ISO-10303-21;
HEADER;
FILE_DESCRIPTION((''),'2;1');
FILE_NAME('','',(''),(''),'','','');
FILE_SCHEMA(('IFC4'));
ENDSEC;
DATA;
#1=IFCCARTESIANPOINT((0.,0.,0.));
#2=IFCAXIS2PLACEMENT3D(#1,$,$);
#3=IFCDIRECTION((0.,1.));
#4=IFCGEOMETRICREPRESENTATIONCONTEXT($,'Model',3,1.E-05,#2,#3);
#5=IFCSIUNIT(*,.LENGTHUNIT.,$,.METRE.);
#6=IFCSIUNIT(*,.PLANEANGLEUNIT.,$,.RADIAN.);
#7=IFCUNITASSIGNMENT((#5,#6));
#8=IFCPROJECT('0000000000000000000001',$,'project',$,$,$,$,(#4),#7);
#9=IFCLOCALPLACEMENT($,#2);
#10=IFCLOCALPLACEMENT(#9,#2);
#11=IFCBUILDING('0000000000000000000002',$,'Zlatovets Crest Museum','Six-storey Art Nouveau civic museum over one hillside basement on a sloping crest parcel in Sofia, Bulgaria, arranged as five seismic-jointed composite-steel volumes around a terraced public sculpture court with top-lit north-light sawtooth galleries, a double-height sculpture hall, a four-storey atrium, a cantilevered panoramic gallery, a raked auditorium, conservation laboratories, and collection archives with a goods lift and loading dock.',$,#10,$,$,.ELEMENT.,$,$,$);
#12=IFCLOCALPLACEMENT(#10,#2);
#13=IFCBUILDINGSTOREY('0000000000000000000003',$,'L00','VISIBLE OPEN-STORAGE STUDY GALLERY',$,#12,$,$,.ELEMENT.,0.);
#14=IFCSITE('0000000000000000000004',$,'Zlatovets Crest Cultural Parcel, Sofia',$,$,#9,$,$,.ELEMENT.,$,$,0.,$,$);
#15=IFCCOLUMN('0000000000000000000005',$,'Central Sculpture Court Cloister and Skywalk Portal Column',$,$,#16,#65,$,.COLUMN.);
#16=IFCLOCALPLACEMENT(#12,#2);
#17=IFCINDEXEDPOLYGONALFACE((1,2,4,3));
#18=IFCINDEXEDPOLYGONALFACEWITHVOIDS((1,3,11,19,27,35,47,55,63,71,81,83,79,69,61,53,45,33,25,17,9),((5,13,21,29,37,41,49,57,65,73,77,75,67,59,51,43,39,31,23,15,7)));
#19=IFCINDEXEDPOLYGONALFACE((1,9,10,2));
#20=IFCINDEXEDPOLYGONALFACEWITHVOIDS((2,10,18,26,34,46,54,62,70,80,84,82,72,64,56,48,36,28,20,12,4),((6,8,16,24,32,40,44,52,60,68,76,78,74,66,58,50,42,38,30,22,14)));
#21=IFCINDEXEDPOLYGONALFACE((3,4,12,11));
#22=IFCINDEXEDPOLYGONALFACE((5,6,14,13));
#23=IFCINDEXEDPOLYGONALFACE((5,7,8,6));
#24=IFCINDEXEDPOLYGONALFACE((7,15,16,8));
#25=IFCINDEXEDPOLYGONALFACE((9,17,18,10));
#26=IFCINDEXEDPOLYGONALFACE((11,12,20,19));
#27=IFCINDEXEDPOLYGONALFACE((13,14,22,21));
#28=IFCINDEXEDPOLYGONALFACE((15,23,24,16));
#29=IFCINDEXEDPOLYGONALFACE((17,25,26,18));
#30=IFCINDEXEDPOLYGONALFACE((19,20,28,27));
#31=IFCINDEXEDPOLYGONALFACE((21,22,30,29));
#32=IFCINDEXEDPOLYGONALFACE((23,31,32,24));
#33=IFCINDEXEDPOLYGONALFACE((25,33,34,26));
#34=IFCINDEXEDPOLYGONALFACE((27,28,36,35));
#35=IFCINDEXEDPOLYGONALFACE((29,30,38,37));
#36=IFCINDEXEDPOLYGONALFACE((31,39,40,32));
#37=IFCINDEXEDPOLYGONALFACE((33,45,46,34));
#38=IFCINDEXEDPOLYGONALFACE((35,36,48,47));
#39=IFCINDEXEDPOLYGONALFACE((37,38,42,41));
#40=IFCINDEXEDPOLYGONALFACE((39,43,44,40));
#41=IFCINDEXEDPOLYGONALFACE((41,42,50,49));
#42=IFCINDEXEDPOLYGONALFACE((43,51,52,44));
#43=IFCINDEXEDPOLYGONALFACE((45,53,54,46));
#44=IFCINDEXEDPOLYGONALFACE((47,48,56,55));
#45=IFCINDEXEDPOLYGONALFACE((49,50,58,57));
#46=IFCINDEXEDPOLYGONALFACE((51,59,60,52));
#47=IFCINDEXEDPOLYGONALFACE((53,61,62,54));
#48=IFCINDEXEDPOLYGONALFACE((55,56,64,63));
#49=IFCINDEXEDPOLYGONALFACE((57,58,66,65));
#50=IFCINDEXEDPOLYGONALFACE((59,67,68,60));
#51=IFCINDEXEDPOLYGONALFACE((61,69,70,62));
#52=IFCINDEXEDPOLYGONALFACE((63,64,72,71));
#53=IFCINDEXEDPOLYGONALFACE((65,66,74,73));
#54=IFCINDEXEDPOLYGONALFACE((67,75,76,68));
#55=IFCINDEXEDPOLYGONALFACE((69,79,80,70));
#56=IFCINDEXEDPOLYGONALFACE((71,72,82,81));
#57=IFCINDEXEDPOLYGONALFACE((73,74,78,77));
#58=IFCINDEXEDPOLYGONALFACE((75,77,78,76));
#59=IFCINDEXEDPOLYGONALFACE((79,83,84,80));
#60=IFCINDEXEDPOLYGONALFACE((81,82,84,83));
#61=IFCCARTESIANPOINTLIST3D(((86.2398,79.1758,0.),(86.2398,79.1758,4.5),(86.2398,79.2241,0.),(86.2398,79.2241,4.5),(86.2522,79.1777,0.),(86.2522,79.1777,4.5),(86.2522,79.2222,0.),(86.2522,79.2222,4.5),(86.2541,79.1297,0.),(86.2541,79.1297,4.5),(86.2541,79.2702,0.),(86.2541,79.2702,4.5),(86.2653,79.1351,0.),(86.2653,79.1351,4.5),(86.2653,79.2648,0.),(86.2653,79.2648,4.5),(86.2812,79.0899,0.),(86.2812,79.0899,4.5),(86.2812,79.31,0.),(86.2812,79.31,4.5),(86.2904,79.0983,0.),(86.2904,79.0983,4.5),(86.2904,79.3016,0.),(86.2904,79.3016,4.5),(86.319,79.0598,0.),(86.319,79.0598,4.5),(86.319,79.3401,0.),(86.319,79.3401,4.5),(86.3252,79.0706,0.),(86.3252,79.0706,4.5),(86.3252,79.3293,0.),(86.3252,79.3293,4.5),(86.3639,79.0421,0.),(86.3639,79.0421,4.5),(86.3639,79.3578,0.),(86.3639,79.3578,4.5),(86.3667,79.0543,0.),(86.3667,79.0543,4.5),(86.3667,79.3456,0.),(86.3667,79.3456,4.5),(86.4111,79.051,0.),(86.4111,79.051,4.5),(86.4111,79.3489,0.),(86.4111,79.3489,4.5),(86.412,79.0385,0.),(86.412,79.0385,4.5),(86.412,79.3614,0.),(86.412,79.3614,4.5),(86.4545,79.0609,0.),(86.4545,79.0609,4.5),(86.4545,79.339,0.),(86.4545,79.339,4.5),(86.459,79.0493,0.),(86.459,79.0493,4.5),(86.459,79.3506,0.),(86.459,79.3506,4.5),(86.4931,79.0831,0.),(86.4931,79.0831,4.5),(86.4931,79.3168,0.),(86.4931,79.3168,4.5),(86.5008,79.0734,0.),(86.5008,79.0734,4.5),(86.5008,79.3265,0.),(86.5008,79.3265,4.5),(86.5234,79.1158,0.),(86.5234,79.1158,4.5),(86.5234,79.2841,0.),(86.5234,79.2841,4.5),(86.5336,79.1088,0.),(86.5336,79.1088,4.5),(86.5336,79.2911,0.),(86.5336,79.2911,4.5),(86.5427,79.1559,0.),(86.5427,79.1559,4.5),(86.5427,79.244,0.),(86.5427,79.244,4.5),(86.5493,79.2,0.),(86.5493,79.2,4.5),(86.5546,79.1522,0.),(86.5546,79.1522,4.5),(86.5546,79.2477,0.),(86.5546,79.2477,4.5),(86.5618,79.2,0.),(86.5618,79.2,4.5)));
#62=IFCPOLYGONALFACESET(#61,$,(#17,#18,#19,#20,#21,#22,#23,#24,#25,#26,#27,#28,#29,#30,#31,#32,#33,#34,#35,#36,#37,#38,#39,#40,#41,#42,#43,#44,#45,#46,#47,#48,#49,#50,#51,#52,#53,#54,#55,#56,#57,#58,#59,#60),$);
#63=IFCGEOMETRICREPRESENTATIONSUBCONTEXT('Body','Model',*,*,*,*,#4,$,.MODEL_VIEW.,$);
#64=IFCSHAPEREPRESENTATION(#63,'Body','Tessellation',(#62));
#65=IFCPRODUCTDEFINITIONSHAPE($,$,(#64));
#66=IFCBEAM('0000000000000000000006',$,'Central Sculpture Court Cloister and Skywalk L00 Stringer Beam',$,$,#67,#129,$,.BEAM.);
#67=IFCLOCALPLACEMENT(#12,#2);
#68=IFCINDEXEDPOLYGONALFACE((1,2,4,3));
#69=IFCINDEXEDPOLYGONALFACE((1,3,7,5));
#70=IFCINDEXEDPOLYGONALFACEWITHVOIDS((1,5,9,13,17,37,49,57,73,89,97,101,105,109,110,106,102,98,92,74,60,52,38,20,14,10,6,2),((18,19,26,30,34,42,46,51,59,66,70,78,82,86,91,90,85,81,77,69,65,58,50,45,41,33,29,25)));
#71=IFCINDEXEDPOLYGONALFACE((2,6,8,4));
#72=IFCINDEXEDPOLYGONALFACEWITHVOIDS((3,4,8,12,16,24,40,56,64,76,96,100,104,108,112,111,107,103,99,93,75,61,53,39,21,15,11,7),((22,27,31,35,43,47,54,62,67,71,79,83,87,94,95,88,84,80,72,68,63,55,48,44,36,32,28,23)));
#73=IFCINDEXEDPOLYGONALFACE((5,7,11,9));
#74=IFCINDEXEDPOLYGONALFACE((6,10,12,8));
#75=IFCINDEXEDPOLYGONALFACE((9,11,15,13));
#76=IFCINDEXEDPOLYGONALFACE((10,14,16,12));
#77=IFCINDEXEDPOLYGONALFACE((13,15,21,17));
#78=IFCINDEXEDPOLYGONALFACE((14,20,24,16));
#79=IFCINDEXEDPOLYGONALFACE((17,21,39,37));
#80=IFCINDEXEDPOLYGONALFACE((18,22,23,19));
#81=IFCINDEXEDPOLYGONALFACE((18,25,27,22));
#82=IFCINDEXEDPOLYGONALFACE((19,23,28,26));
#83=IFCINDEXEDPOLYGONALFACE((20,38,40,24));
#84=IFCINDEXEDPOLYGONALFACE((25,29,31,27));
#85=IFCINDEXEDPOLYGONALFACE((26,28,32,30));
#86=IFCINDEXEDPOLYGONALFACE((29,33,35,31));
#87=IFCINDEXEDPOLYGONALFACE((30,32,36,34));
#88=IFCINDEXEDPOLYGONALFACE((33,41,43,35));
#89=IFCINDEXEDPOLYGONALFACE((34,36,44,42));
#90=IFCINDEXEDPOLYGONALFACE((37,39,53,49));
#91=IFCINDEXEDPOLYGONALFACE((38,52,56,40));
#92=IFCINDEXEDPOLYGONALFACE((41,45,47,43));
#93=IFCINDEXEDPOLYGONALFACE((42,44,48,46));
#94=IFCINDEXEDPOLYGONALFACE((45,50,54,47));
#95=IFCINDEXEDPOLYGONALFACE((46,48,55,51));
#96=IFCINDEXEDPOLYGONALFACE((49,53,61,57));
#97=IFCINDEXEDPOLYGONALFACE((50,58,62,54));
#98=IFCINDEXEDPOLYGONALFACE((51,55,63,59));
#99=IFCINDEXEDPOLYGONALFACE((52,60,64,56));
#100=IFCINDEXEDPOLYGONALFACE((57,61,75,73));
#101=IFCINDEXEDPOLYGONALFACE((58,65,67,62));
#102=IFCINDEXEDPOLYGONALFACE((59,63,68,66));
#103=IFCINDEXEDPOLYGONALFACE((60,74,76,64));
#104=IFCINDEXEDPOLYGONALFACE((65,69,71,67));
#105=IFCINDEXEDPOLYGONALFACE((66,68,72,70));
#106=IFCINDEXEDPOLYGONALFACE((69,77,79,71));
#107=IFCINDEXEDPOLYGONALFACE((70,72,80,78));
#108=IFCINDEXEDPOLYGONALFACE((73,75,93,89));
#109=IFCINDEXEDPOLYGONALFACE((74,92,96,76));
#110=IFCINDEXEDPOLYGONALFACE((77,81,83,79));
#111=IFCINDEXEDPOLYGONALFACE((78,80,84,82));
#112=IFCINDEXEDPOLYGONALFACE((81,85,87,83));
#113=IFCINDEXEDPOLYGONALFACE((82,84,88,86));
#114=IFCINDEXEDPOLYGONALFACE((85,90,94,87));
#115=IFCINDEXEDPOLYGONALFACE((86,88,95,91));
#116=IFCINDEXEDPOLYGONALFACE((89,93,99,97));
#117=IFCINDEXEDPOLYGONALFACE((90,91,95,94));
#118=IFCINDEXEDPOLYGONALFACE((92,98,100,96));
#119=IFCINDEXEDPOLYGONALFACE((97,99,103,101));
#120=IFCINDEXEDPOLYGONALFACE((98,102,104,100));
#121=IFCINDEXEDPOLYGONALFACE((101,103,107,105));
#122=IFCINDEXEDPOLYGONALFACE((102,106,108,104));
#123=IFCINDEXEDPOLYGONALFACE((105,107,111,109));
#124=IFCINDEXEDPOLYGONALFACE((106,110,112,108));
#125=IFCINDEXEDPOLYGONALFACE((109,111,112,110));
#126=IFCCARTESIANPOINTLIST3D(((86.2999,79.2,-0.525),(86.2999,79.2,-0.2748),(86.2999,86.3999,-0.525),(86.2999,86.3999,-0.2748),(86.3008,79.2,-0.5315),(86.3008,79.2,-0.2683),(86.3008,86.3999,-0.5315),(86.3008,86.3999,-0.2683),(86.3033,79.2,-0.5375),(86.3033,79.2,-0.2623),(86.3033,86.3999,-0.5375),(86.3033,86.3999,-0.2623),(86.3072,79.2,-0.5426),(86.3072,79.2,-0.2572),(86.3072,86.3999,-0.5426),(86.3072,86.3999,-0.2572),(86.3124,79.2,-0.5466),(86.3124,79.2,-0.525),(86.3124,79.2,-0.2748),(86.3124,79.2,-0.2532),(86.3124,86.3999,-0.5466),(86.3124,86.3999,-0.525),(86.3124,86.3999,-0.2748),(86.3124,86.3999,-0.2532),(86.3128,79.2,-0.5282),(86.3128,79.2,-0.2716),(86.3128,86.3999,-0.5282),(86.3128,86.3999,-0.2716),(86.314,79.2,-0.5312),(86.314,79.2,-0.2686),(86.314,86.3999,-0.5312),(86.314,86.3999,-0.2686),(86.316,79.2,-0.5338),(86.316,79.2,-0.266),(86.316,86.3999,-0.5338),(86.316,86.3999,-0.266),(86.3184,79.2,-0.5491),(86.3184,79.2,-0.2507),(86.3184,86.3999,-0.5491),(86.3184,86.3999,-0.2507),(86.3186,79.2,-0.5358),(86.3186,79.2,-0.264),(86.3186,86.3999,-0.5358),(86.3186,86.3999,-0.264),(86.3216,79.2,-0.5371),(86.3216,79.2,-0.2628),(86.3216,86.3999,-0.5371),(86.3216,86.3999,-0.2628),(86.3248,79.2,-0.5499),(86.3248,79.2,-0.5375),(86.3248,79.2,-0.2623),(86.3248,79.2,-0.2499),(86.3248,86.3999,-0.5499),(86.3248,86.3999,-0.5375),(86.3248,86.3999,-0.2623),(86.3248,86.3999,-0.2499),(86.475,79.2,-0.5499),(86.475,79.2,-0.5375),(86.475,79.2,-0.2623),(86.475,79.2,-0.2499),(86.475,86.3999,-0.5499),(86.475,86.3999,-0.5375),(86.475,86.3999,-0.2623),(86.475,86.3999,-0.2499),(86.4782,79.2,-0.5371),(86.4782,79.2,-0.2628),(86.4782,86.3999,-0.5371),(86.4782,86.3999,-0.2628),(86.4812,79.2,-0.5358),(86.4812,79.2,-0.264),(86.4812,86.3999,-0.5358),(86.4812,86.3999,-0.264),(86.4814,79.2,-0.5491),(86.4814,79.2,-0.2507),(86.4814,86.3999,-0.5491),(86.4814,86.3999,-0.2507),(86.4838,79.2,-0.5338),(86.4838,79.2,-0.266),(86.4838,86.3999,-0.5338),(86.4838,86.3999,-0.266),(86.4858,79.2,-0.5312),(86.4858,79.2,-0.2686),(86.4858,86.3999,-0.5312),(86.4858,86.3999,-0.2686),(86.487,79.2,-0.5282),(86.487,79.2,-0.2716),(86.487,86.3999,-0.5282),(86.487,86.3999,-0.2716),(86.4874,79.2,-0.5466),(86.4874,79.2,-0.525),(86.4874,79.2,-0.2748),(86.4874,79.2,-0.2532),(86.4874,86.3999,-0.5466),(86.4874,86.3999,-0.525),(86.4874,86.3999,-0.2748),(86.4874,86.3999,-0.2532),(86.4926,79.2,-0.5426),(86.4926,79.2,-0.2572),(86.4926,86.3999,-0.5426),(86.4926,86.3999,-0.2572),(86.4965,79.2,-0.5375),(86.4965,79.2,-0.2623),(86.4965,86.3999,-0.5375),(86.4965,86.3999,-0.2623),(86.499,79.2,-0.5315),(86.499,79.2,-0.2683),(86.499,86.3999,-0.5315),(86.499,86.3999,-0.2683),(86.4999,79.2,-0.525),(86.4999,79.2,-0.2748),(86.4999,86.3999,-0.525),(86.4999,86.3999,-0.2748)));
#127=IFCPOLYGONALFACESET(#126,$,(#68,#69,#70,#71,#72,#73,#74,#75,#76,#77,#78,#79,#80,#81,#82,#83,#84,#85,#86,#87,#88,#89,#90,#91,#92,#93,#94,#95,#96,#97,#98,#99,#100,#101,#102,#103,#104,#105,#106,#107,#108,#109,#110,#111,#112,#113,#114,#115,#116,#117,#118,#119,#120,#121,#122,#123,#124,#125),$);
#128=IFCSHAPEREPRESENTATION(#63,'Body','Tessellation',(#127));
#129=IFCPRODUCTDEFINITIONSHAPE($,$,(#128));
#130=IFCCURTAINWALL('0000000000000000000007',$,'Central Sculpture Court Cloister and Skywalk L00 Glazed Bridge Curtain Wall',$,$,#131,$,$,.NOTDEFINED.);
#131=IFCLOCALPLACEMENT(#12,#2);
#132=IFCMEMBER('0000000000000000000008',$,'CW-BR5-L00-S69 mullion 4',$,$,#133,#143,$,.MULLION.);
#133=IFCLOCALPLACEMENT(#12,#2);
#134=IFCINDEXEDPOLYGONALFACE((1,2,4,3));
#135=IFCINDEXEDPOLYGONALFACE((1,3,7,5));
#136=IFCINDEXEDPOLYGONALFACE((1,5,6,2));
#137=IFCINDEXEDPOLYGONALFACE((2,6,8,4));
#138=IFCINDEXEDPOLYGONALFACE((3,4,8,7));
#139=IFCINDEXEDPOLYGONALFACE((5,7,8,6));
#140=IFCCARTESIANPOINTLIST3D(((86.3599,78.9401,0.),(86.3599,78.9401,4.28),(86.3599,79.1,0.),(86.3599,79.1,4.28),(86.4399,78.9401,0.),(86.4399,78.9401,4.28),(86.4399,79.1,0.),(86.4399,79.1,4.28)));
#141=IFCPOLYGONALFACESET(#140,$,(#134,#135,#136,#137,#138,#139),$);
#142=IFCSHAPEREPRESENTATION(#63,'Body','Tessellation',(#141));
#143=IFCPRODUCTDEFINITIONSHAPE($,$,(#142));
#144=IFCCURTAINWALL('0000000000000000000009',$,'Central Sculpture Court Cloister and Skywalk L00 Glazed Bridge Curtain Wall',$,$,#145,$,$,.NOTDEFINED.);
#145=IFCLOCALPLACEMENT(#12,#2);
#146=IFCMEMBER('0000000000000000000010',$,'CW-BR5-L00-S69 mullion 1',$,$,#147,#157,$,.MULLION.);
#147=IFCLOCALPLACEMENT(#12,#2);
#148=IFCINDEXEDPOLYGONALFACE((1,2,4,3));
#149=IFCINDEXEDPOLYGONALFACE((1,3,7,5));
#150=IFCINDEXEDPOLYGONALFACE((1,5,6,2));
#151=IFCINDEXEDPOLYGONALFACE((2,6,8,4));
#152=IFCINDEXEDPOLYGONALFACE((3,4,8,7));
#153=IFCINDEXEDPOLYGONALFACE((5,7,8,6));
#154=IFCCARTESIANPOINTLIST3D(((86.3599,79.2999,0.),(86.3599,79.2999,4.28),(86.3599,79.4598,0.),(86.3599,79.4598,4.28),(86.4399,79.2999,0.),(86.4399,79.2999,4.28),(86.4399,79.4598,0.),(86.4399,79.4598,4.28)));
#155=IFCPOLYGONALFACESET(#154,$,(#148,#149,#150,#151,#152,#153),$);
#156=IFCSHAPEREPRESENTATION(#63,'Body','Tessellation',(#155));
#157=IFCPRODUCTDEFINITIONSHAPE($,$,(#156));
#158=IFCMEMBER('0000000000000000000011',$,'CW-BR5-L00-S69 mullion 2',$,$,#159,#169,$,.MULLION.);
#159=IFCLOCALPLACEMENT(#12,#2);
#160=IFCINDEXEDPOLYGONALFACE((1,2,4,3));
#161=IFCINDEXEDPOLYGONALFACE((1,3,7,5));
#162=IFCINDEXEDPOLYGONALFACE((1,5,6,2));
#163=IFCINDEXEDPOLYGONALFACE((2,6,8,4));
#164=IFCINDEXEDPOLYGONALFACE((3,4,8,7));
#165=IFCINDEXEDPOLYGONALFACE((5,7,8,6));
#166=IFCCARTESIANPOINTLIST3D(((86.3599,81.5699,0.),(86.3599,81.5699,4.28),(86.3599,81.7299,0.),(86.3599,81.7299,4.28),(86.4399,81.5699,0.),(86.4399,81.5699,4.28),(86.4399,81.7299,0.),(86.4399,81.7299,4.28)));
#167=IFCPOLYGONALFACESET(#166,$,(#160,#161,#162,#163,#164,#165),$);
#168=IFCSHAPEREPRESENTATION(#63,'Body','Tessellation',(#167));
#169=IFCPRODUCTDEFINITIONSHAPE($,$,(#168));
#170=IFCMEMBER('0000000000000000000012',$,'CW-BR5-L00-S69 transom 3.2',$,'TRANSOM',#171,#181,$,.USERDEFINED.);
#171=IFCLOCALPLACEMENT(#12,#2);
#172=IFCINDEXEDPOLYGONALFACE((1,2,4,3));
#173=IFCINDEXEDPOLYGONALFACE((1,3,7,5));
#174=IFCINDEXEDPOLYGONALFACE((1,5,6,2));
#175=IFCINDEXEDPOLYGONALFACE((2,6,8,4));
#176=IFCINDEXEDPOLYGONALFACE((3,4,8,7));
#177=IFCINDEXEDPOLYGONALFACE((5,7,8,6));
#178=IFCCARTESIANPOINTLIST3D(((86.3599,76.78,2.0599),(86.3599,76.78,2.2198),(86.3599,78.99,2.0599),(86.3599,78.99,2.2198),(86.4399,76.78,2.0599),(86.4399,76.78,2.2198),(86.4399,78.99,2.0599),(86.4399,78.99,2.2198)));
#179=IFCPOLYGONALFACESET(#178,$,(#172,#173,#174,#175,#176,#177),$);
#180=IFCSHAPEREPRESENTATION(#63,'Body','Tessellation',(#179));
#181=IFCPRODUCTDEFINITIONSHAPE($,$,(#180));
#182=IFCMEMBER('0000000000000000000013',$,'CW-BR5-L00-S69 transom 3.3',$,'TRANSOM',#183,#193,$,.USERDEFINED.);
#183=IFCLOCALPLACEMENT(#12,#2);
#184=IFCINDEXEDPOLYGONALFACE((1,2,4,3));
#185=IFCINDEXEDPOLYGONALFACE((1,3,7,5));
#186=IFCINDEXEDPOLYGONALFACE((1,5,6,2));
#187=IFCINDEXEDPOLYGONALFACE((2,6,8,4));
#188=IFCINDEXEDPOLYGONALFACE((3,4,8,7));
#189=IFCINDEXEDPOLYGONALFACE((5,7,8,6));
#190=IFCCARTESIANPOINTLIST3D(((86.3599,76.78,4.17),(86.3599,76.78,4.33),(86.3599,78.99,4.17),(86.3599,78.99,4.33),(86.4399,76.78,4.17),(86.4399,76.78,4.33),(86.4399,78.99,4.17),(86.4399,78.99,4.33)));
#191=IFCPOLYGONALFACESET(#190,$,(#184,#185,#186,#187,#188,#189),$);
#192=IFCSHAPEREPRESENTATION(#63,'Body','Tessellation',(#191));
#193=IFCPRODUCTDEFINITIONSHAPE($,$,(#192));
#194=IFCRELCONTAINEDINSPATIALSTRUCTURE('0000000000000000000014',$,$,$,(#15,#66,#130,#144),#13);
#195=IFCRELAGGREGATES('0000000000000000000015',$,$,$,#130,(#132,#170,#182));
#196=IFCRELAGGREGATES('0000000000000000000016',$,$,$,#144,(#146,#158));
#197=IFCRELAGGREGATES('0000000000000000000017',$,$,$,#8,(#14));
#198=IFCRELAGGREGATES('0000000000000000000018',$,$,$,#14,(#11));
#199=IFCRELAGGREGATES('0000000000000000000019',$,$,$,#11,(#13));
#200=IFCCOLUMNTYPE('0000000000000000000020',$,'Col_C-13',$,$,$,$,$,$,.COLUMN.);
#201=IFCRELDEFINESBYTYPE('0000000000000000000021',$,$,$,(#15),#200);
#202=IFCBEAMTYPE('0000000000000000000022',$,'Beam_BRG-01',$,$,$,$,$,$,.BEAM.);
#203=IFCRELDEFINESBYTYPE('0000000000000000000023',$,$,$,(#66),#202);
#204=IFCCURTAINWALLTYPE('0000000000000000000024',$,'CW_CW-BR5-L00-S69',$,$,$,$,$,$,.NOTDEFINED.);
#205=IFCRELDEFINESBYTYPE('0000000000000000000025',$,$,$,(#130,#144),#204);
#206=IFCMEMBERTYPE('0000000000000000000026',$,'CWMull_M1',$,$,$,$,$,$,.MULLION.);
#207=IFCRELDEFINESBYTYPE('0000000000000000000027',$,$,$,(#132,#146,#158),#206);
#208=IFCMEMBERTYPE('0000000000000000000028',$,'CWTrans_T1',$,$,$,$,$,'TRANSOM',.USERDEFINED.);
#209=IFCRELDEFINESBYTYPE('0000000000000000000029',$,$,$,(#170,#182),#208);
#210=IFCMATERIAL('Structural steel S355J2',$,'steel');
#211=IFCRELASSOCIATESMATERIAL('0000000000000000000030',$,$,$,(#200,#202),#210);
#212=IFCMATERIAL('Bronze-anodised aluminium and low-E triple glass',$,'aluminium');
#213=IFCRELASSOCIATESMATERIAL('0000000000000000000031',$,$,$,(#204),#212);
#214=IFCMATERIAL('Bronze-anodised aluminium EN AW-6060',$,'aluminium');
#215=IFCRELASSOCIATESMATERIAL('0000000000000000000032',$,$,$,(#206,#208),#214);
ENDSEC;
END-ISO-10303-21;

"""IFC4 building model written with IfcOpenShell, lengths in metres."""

from ifc_helpers import new_model, si_unit, direction, frame, origin, origin_2d, place, context, subcontext, project, spatial, rectangle, hollow_rectangle, hollow_circle, extrude, material, material_profile, profile_set, type_object, element, aggregate, save


model = new_model("IFC4")

# Units and contexts
model_context = context("Model", 3, precision=1e-05, world=origin(), true_north=direction((0.0, 1.0)))
body_context = subcontext(model_context, "Body", "Model", "MODEL_VIEW")
ifc_project = project(units=[si_unit("LENGTHUNIT", "METRE"), si_unit("PLANEANGLEUNIT", "RADIAN")], contexts=[model_context])

# Site, building, storey
site_placement = place(None, origin())
site = spatial("IfcSite", under=ifc_project, at=site_placement, Name="Zlatovets Crest Cultural Parcel, Sofia", CompositionType="ELEMENT", RefElevation=0.0)
building_placement = place(site_placement, origin())
building = spatial("IfcBuilding", under=site, at=building_placement, Name="Zlatovets Crest Museum", Description="Six-storey Art Nouveau civic museum over one hillside basement on a sloping crest parcel in Sofia, Bulgaria, arranged as five seismic-jointed composite-steel volumes around a terraced public sculpture court with top-lit north-light sawtooth galleries, a double-height sculpture hall, a four-storey atrium, a cantilevered panoramic gallery, a raked auditorium, conservation laboratories, and collection archives with a goods lift and loading dock.", CompositionType="ELEMENT")
storey_placement = place(building_placement, origin())
storey = spatial("IfcBuildingStorey", under=building, at=storey_placement, Name="L00", Description="VISIBLE OPEN-STORAGE STUDY GALLERY", CompositionType="ELEMENT", Elevation=0.0)

# Column
ifc_material_1 = material(Name="Structural steel S355J2", Category="steel")
ifc_material_profile_1 = material_profile(ifc_material_1, hollow_circle(Radius=0.1619, WallThickness=0.0125, at=origin_2d()), Name="CHS 323.9x12.5")
ifc_profile_set_1 = profile_set([ifc_material_profile_1], Name="Structural steel S355J2")
column_type = type_object("IfcColumnType", Name="Col_C-13", PredefinedType="COLUMN", material=ifc_profile_set_1)
column_placement = place(storey_placement, frame((86.3999, 79.2, 0.0), z_axis=(0.0, 0.0, 1.0), x_axis=(1.0, 0.0, 0.0)))
element("IfcColumn", 1, at=column_placement, inside=storey, type_object=column_type, Name="Central Sculpture Court Cloister and Skywalk Portal Column", PredefinedType="COLUMN", context=body_context, shape_type="SweptSolid", body=[
    extrude(hollow_circle(Radius=0.1619, WallThickness=0.0125, at=origin_2d()), origin(), (0.0, 0.0, 1.0), 4.5),
])

# Beam
ifc_material_profile_2 = material_profile(ifc_material_1, hollow_rectangle(XDim=0.2, YDim=0.3, WallThickness=0.0125, InnerFilletRadius=0.0125, OuterFilletRadius=0.0249, at=origin_2d()), Name="RHS 200x300x12.5")
ifc_profile_set_2 = profile_set([ifc_material_profile_2], Name="Structural steel S355J2")
beam_type = type_object("IfcBeamType", Name="Beam_BRG-01", PredefinedType="BEAM", material=ifc_profile_set_2)
beam_placement = place(storey_placement, frame((86.3999, 79.2, -0.3999), z_axis=(0.0, 1.0, 0.0), x_axis=(-1.0, 0.0, 0.0)))
element("IfcBeam", 2, at=beam_placement, inside=storey, type_object=beam_type, Name="Central Sculpture Court Cloister and Skywalk L00 Stringer Beam", PredefinedType="BEAM", context=body_context, shape_type="SweptSolid", body=[
    extrude(hollow_rectangle(XDim=0.2, YDim=0.3, WallThickness=0.0125, InnerFilletRadius=0.0125, OuterFilletRadius=0.0249, at=origin_2d()), origin(), (0.0, 0.0, 1.0), 7.2),
])

# Curtain wall, member
ifc_material_2 = material(Name="Bronze-anodised aluminium and low-E triple glass", Category="aluminium")
curtain_wall_type = type_object("IfcCurtainWallType", Name="CW_CW-BR5-L00-S69", PredefinedType="NOTDEFINED", material=ifc_material_2)
curtain_wall_1_placement = place(storey_placement, origin())
curtain_wall_1 = element("IfcCurtainWall", 3, at=curtain_wall_1_placement, inside=storey, type_object=curtain_wall_type, Name="Central Sculpture Court Cloister and Skywalk L00 Glazed Bridge Curtain Wall", PredefinedType="NOTDEFINED")
ifc_material_3 = material(Name="Bronze-anodised aluminium EN AW-6060", Category="aluminium")
ifc_material_profile_3 = material_profile(ifc_material_3, rectangle(XDim=0.0801, YDim=0.1599, at=origin_2d()), Name="ALU 80x160")
ifc_profile_set_3 = profile_set([ifc_material_profile_3], Name="Bronze-anodised aluminium EN AW-6060")
member_type_1 = type_object("IfcMemberType", Name="CWMull_M1", PredefinedType="MULLION", material=ifc_profile_set_3)
member_1_placement = place(storey_placement, frame((86.3999, 79.02, 0.0), z_axis=(0.0, 0.0, 1.0), x_axis=(-1.0, 0.0, 0.0)))
member_1 = element("IfcMember", 4, at=member_1_placement, type_object=member_type_1, Name="CW-BR5-L00-S69 mullion 4", PredefinedType="MULLION", context=body_context, shape_type="SweptSolid", body=[
    extrude(rectangle(XDim=0.0801, YDim=0.1599, at=origin_2d()), origin(), (0.0, 0.0, 1.0), 4.28),
])

# Curtain wall, members
curtain_wall_2_placement = place(storey_placement, origin())
curtain_wall_2 = element("IfcCurtainWall", 5, at=curtain_wall_2_placement, inside=storey, type_object=curtain_wall_type, Name="Central Sculpture Court Cloister and Skywalk L00 Glazed Bridge Curtain Wall", PredefinedType="NOTDEFINED")
member_2_placement = place(storey_placement, frame((86.3999, 79.3799, 0.0), z_axis=(0.0, 0.0, 1.0), x_axis=(-1.0, 0.0, 0.0)))
member_2 = element("IfcMember", 6, at=member_2_placement, type_object=member_type_1, Name="CW-BR5-L00-S69 mullion 1", PredefinedType="MULLION", context=body_context, shape_type="SweptSolid", body=[
    extrude(rectangle(XDim=0.0801, YDim=0.1599, at=origin_2d()), origin(), (0.0, 0.0, 1.0), 4.28),
])
member_3_placement = place(storey_placement, frame((86.3999, 81.6499, 0.0), z_axis=(0.0, 0.0, 1.0), x_axis=(-1.0, 0.0, 0.0)))
member_3 = element("IfcMember", 7, at=member_3_placement, type_object=member_type_1, Name="CW-BR5-L00-S69 mullion 2", PredefinedType="MULLION", context=body_context, shape_type="SweptSolid", body=[
    extrude(rectangle(XDim=0.0801, YDim=0.1599, at=origin_2d()), origin(), (0.0, 0.0, 1.0), 4.28),
])

# Members
ifc_material_profile_4 = material_profile(ifc_material_3, rectangle(XDim=0.0801, YDim=0.1599, at=origin_2d()), Name="ALU 80x160")
ifc_profile_set_4 = profile_set([ifc_material_profile_4], Name="Bronze-anodised aluminium EN AW-6060")
member_type_2 = type_object("IfcMemberType", Name="CWTrans_T1", ElementType="TRANSOM", PredefinedType="USERDEFINED", material=ifc_profile_set_4)
member_4_placement = place(storey_placement, frame((86.3999, 76.78, 2.1399), z_axis=(0.0, 1.0, 0.0), x_axis=(-1.0, 0.0, 0.0)))
member_4 = element("IfcMember", 8, at=member_4_placement, type_object=member_type_2, Name="CW-BR5-L00-S69 transom 3.2", ObjectType="TRANSOM", PredefinedType="USERDEFINED", context=body_context, shape_type="SweptSolid", body=[
    extrude(rectangle(XDim=0.0801, YDim=0.1599, at=origin_2d()), origin(), (0.0, 0.0, 1.0), 2.21),
])
member_5_placement = place(storey_placement, frame((86.3999, 76.78, 4.25), z_axis=(0.0, 1.0, 0.0), x_axis=(-1.0, 0.0, 0.0)))
member_5 = element("IfcMember", 9, at=member_5_placement, type_object=member_type_2, Name="CW-BR5-L00-S69 transom 3.3", ObjectType="TRANSOM", PredefinedType="USERDEFINED", context=body_context, shape_type="SweptSolid", body=[
    extrude(rectangle(XDim=0.0801, YDim=0.1599, at=origin_2d()), origin(), (0.0, 0.0, 1.0), 2.21),
])

aggregate(curtain_wall_1, [member_1, member_4, member_5])
aggregate(curtain_wall_2, [member_2, member_3])

save(model, "model.ifc")
